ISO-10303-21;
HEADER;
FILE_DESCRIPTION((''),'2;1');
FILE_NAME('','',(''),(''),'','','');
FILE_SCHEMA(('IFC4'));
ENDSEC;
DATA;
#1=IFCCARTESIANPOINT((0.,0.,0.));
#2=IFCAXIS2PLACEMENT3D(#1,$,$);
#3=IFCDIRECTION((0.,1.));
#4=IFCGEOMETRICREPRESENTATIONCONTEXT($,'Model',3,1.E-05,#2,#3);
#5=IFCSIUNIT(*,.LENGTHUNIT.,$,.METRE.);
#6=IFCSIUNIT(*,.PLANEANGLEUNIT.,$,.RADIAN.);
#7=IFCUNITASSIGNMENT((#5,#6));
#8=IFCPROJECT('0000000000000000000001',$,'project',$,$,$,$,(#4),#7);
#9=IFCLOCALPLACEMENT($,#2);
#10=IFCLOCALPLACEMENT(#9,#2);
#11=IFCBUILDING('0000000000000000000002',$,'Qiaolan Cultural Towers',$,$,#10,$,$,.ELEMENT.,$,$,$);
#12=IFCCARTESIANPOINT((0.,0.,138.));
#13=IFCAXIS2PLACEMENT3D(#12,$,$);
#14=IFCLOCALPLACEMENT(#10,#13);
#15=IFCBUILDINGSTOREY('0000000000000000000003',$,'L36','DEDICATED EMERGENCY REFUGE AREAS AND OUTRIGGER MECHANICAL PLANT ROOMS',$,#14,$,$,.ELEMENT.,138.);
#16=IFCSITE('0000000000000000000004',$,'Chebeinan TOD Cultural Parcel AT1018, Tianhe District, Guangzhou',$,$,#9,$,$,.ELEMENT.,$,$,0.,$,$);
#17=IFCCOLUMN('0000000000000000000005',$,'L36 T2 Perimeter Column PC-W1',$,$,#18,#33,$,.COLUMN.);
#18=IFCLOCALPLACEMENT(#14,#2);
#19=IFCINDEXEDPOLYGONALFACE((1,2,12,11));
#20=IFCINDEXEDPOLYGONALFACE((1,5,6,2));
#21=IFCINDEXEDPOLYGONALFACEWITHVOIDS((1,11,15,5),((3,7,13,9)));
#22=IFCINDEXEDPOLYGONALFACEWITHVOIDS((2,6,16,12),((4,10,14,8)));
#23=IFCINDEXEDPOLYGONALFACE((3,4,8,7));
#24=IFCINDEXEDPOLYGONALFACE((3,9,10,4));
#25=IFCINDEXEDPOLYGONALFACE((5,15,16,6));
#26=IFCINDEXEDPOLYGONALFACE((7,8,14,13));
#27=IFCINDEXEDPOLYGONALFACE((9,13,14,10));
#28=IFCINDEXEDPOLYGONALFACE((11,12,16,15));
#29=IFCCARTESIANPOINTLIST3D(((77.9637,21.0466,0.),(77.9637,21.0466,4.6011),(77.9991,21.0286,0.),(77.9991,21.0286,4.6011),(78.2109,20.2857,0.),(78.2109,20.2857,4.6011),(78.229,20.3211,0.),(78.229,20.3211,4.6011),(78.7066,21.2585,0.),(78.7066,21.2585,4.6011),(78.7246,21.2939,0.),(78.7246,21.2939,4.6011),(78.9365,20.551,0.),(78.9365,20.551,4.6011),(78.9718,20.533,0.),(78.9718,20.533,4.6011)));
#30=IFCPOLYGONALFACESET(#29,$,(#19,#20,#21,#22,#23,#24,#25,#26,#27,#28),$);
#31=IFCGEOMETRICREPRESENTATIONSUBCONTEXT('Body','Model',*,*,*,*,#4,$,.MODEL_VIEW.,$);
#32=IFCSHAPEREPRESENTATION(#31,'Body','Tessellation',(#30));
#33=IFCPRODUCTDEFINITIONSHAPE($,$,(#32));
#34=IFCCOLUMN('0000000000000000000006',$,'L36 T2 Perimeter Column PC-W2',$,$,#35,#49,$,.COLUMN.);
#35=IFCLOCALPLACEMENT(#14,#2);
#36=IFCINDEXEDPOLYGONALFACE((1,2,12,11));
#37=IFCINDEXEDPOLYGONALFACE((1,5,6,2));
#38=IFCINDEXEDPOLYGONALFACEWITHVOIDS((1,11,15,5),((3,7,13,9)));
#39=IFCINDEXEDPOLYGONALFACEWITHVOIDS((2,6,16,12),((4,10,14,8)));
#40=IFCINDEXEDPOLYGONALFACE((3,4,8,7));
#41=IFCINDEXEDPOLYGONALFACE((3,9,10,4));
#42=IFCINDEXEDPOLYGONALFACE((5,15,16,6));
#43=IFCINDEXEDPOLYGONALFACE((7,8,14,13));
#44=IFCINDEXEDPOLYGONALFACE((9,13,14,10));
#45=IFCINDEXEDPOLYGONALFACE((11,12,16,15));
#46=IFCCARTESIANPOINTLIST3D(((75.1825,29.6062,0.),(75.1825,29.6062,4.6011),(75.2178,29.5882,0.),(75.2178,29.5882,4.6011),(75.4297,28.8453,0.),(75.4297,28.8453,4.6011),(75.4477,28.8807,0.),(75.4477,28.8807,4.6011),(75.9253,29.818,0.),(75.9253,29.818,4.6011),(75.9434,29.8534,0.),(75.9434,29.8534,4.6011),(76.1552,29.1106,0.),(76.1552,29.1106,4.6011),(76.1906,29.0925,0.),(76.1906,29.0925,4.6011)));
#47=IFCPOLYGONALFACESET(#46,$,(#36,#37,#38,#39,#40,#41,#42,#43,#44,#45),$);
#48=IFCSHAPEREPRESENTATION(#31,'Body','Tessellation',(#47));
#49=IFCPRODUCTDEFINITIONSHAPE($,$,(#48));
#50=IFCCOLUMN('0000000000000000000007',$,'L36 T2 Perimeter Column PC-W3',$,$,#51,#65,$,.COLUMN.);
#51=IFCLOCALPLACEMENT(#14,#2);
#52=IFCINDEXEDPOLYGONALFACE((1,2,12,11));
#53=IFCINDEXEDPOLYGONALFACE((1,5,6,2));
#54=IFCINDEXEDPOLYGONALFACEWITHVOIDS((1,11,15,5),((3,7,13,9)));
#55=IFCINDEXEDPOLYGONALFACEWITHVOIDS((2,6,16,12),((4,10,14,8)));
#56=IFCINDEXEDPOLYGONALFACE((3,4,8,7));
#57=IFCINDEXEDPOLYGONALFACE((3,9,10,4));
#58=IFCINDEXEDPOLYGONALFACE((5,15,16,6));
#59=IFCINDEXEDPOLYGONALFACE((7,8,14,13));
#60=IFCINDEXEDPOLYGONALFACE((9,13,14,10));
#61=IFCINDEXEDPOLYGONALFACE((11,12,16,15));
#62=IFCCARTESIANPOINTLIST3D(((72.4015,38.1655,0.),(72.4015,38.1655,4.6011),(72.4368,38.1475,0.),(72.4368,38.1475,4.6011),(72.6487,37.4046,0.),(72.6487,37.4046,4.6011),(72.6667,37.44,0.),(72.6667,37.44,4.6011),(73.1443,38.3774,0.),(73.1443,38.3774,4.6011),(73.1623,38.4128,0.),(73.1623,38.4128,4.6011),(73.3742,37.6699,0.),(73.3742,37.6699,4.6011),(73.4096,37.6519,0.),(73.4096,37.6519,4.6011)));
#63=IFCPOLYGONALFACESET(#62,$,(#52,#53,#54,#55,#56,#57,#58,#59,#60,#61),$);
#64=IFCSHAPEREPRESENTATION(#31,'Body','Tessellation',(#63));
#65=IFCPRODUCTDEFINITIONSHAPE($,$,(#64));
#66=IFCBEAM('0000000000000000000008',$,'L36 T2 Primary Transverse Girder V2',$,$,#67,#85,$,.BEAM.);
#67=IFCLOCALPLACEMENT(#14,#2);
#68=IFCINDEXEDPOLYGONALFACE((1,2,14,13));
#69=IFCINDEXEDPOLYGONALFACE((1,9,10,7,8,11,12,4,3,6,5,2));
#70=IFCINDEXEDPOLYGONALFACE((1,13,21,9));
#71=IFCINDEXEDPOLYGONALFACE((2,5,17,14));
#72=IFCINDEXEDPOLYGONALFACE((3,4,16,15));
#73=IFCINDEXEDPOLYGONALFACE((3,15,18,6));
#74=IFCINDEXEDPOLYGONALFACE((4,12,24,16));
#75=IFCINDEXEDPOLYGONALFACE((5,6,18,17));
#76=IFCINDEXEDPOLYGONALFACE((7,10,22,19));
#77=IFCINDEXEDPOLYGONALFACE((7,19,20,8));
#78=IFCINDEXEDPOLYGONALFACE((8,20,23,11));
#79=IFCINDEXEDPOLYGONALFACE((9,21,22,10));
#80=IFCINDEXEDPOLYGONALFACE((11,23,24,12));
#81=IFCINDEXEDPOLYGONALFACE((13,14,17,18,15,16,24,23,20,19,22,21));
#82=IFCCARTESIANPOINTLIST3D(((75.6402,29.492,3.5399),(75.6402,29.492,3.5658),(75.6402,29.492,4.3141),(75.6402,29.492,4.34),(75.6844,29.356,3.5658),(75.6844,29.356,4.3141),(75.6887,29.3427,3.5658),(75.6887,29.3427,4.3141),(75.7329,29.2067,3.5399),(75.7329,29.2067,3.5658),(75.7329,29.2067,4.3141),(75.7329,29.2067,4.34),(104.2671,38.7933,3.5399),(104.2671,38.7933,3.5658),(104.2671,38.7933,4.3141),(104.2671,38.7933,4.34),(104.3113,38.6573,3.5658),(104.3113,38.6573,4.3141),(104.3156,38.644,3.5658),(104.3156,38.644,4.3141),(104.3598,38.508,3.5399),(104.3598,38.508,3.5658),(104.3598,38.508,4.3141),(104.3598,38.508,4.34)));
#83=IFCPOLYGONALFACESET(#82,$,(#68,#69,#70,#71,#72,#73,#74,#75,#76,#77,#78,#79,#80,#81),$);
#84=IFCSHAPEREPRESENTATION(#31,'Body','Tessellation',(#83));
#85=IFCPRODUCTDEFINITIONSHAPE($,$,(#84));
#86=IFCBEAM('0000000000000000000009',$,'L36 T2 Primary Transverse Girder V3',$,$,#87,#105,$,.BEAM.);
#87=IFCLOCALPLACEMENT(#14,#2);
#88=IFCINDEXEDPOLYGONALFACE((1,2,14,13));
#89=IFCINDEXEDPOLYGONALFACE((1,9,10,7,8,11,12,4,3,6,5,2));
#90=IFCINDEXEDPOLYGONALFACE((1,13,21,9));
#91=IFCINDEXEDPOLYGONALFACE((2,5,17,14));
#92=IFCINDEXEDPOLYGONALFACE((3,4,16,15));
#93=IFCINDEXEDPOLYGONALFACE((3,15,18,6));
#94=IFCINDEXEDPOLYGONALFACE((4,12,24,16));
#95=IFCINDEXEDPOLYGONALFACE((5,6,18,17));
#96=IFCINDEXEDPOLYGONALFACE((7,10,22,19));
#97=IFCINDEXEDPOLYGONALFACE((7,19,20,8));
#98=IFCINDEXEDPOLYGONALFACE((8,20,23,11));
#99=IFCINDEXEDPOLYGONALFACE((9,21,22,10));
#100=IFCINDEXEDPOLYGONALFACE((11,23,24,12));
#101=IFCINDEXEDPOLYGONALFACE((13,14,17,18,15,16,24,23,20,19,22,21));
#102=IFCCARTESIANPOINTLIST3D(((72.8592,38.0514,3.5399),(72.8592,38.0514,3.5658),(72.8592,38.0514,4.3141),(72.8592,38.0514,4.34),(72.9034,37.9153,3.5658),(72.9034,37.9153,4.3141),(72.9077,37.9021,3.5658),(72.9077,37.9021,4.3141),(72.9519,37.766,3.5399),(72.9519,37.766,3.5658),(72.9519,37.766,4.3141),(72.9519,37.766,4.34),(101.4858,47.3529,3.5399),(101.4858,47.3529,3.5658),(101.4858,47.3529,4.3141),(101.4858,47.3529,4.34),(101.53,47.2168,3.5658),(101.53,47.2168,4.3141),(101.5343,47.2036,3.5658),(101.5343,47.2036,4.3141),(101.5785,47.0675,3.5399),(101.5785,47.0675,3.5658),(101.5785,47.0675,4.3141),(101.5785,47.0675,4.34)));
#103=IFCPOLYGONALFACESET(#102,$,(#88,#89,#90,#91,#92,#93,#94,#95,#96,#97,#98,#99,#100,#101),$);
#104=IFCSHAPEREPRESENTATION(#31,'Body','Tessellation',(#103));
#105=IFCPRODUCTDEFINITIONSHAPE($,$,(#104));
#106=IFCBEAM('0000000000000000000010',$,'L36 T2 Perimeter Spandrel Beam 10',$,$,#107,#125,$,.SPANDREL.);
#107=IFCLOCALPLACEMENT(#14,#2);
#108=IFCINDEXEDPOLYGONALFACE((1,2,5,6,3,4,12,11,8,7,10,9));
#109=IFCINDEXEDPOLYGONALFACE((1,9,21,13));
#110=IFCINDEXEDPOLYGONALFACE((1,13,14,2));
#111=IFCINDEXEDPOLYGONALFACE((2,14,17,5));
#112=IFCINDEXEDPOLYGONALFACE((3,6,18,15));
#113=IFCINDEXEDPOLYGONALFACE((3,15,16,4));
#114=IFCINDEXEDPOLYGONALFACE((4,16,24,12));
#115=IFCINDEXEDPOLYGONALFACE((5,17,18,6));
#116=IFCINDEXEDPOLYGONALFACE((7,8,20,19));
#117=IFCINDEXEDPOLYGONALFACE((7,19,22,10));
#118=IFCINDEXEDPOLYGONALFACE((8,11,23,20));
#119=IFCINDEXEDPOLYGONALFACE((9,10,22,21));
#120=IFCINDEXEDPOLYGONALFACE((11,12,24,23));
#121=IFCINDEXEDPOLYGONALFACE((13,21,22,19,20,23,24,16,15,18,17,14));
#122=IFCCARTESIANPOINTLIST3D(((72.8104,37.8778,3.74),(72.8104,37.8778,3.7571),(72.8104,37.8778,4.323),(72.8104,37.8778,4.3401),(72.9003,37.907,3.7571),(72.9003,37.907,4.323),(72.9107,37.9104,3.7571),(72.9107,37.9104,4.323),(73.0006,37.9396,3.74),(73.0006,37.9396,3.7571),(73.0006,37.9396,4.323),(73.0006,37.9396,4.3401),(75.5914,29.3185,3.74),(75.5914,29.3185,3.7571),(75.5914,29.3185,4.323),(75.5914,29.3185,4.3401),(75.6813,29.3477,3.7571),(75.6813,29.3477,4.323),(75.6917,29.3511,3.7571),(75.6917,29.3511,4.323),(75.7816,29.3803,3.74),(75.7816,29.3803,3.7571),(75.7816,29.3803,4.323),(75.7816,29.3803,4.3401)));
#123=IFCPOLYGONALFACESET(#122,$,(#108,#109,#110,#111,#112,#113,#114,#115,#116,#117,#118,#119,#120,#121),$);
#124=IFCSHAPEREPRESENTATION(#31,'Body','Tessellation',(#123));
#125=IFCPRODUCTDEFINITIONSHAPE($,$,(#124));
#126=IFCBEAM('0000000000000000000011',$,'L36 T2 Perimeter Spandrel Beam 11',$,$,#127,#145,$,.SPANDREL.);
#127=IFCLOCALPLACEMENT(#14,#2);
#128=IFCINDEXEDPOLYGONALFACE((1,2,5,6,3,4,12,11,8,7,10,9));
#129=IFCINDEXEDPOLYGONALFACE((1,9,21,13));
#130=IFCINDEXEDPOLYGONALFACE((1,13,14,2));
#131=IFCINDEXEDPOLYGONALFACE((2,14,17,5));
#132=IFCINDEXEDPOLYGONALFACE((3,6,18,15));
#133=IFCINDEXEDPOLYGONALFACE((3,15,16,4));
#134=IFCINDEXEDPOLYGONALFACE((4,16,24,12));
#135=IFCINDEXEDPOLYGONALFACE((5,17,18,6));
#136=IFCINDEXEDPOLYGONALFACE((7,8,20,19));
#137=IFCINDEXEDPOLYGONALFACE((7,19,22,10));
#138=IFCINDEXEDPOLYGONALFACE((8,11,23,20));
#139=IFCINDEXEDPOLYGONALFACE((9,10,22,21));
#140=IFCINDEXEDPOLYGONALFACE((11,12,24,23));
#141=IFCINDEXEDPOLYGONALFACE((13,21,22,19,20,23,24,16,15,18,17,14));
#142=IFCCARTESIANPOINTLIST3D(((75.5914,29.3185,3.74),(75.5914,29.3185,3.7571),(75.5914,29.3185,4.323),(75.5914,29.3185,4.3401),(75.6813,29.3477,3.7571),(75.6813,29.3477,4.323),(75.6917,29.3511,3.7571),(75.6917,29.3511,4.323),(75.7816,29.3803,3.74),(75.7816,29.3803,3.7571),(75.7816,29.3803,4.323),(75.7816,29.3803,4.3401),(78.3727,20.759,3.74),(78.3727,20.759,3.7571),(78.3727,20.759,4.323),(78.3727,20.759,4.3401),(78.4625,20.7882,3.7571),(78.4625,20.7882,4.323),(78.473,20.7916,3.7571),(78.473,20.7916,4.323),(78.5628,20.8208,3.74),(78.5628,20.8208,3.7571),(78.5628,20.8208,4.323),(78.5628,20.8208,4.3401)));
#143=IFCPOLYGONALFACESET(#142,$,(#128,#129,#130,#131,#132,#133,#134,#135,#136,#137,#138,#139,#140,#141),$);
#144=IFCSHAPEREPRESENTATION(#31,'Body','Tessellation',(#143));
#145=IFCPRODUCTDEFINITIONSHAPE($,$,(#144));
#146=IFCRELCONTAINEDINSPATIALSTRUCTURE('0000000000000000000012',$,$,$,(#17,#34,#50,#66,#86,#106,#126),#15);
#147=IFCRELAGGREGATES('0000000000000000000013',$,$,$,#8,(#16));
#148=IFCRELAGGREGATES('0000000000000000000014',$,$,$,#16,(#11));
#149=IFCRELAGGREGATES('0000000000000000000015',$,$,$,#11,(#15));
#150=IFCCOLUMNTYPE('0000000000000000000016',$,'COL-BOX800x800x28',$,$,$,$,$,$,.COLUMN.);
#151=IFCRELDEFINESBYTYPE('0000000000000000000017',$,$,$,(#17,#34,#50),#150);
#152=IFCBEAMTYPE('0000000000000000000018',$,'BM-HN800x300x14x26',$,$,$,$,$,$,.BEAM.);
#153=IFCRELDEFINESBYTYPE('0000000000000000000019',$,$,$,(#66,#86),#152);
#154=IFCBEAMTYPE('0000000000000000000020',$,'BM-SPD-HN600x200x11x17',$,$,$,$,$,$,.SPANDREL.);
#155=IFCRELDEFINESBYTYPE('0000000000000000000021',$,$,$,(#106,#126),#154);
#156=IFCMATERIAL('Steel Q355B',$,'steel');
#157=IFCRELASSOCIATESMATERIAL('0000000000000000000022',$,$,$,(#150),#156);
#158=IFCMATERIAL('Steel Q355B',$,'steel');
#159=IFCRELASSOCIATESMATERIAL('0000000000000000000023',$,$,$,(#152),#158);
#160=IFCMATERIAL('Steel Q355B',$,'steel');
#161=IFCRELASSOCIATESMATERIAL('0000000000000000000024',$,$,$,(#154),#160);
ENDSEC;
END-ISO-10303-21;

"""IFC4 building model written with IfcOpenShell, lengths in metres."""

from ifc_helpers import new_model, si_unit, direction, frame, origin, origin_2d, place, context, subcontext, project, spatial, hollow_rectangle, i_section, extrude, material, material_profile, profile_set, type_object, element, save


model = new_model("IFC4")

# Units and contexts
model_context = context("Model", 3, precision=1e-05, world=origin(), true_north=direction((0.0, 1.0)))
body_context = subcontext(model_context, "Body", "Model", "MODEL_VIEW")
ifc_project = project(units=[si_unit("LENGTHUNIT", "METRE"), si_unit("PLANEANGLEUNIT", "RADIAN")], contexts=[model_context])

# Site, building, storey
site_placement = place(None, origin())
site = spatial("IfcSite", under=ifc_project, at=site_placement, Name="Chebeinan TOD Cultural Parcel AT1018, Tianhe District, Guangzhou", CompositionType="ELEMENT", RefElevation=0.0)
building_placement = place(site_placement, origin())
building = spatial("IfcBuilding", under=site, at=building_placement, Name="Qiaolan Cultural Towers", CompositionType="ELEMENT")
storey_placement = place(building_placement, frame((0.0, 0.0, 138.0)))
storey = spatial("IfcBuildingStorey", under=building, at=storey_placement, Name="L36", Description="DEDICATED EMERGENCY REFUGE AREAS AND OUTRIGGER MECHANICAL PLANT ROOMS", CompositionType="ELEMENT", Elevation=138.0)

# Columns
ifc_material_1 = material(Name="Steel Q355B", Category="steel")
ifc_material_profile_1 = material_profile(ifc_material_1, hollow_rectangle(XDim=0.8, YDim=0.8, WallThickness=0.0281, at=origin_2d()), Name="BOX800x800x28")
ifc_profile_set_1 = profile_set([ifc_material_profile_1], Name="Steel Q355B")
column_type = type_object("IfcColumnType", Name="COL-BOX800x800x28", PredefinedType="COLUMN", material=ifc_profile_set_1)
for number, where, z_axis, x_axis, name in (
    (1, (78.4678, 20.7898, 0.0), (0.0, 0.0, 1.0), (0.951057, 0.309017, 0.0), "L36 T2 Perimeter Column PC-W1"),
    (2, (75.6865, 29.3494, 0.0), (0.0, 0.0, 1.0), (0.951057, 0.309017, 0.0), "L36 T2 Perimeter Column PC-W2"),
    (3, (72.9055, 37.9087, 0.0), (0.0, 0.0, 1.0), (0.951057, 0.309017, 0.0), "L36 T2 Perimeter Column PC-W3"),
):
    element("IfcColumn", number, at=place(storey_placement, frame(where, z_axis=z_axis, x_axis=x_axis)), inside=storey, type_object=column_type, Name=name, PredefinedType="COLUMN", context=body_context, shape_type="SweptSolid", body=[
        extrude(hollow_rectangle(XDim=0.8, YDim=0.8, WallThickness=0.0281, at=origin_2d()), origin(), (0.0, 0.0, 1.0), 4.6011),
    ])

# Beams
ifc_material_2 = material(Name="Steel Q355B", Category="steel")
ifc_material_profile_2 = material_profile(ifc_material_2, i_section(OverallWidth=0.3, OverallDepth=0.8, WebThickness=0.0139, FlangeThickness=0.0259, at=origin_2d()), Name="HN800x300x14x26")
ifc_profile_set_2 = profile_set([ifc_material_profile_2], Name="Steel Q355B")
beam_type_1 = type_object("IfcBeamType", Name="BM-HN800x300x14x26", PredefinedType="BEAM", material=ifc_profile_set_2)
beam_1_placement = place(storey_placement, frame((75.6865, 29.3494, 3.9399), z_axis=(0.951058, 0.309011, 0.0), x_axis=(-0.309011, 0.951058, 0.0)))
element("IfcBeam", 4, at=beam_1_placement, inside=storey, type_object=beam_type_1, Name="L36 T2 Primary Transverse Girder V2", PredefinedType="BEAM", context=body_context, shape_type="SweptSolid", body=[
    extrude(i_section(OverallWidth=0.3, OverallDepth=0.8, WebThickness=0.0139, FlangeThickness=0.0259, at=origin_2d()), origin(), (0.0, 0.0, 1.0), 30.1001),
])
beam_2_placement = place(storey_placement, frame((72.9055, 37.9087, 3.9399), z_axis=(0.951055, 0.309021, 0.0), x_axis=(-0.309021, 0.951055, 0.0)))
element("IfcBeam", 5, at=beam_2_placement, inside=storey, type_object=beam_type_1, Name="L36 T2 Primary Transverse Girder V3", PredefinedType="BEAM", context=body_context, shape_type="SweptSolid", body=[
    extrude(i_section(OverallWidth=0.3, OverallDepth=0.8, WebThickness=0.0139, FlangeThickness=0.0259, at=origin_2d()), origin(), (0.0, 0.0, 1.0), 30.0999),
])
ifc_material_3 = material(Name="Steel Q355B", Category="steel")
ifc_material_profile_3 = material_profile(ifc_material_3, i_section(OverallWidth=0.2, OverallDepth=0.6001, WebThickness=0.011, FlangeThickness=0.0171, at=origin_2d()), Name="HN600x200x11x17")
ifc_profile_set_3 = profile_set([ifc_material_profile_3], Name="Steel Q355B")
beam_type_2 = type_object("IfcBeamType", Name="BM-SPD-HN600x200x11x17", PredefinedType="SPANDREL", material=ifc_profile_set_3)
beam_3_placement = place(storey_placement, frame((72.9055, 37.9087, 4.04), z_axis=(0.309008, -0.951059, 0.0), x_axis=(0.951059, 0.309008, 0.0)))
element("IfcBeam", 6, at=beam_3_placement, inside=storey, type_object=beam_type_2, Name="L36 T2 Perimeter Spandrel Beam 10", PredefinedType="SPANDREL", context=body_context, shape_type="SweptSolid", body=[
    extrude(i_section(OverallWidth=0.2, OverallDepth=0.6001, WebThickness=0.011, FlangeThickness=0.0171, at=origin_2d()), origin(), (0.0, 0.0, 1.0), 8.9998),
])
beam_4_placement = place(storey_placement, frame((75.6865, 29.3494, 4.04), z_axis=(0.309025, -0.951054, 0.0), x_axis=(0.951054, 0.309025, 0.0)))
element("IfcBeam", 7, at=beam_4_placement, inside=storey, type_object=beam_type_2, Name="L36 T2 Perimeter Spandrel Beam 11", PredefinedType="SPANDREL", context=body_context, shape_type="SweptSolid", body=[
    extrude(i_section(OverallWidth=0.2, OverallDepth=0.6001, WebThickness=0.011, FlangeThickness=0.0171, at=origin_2d()), origin(), (0.0, 0.0, 1.0), 9.0),
])

save(model, "model.ifc")
